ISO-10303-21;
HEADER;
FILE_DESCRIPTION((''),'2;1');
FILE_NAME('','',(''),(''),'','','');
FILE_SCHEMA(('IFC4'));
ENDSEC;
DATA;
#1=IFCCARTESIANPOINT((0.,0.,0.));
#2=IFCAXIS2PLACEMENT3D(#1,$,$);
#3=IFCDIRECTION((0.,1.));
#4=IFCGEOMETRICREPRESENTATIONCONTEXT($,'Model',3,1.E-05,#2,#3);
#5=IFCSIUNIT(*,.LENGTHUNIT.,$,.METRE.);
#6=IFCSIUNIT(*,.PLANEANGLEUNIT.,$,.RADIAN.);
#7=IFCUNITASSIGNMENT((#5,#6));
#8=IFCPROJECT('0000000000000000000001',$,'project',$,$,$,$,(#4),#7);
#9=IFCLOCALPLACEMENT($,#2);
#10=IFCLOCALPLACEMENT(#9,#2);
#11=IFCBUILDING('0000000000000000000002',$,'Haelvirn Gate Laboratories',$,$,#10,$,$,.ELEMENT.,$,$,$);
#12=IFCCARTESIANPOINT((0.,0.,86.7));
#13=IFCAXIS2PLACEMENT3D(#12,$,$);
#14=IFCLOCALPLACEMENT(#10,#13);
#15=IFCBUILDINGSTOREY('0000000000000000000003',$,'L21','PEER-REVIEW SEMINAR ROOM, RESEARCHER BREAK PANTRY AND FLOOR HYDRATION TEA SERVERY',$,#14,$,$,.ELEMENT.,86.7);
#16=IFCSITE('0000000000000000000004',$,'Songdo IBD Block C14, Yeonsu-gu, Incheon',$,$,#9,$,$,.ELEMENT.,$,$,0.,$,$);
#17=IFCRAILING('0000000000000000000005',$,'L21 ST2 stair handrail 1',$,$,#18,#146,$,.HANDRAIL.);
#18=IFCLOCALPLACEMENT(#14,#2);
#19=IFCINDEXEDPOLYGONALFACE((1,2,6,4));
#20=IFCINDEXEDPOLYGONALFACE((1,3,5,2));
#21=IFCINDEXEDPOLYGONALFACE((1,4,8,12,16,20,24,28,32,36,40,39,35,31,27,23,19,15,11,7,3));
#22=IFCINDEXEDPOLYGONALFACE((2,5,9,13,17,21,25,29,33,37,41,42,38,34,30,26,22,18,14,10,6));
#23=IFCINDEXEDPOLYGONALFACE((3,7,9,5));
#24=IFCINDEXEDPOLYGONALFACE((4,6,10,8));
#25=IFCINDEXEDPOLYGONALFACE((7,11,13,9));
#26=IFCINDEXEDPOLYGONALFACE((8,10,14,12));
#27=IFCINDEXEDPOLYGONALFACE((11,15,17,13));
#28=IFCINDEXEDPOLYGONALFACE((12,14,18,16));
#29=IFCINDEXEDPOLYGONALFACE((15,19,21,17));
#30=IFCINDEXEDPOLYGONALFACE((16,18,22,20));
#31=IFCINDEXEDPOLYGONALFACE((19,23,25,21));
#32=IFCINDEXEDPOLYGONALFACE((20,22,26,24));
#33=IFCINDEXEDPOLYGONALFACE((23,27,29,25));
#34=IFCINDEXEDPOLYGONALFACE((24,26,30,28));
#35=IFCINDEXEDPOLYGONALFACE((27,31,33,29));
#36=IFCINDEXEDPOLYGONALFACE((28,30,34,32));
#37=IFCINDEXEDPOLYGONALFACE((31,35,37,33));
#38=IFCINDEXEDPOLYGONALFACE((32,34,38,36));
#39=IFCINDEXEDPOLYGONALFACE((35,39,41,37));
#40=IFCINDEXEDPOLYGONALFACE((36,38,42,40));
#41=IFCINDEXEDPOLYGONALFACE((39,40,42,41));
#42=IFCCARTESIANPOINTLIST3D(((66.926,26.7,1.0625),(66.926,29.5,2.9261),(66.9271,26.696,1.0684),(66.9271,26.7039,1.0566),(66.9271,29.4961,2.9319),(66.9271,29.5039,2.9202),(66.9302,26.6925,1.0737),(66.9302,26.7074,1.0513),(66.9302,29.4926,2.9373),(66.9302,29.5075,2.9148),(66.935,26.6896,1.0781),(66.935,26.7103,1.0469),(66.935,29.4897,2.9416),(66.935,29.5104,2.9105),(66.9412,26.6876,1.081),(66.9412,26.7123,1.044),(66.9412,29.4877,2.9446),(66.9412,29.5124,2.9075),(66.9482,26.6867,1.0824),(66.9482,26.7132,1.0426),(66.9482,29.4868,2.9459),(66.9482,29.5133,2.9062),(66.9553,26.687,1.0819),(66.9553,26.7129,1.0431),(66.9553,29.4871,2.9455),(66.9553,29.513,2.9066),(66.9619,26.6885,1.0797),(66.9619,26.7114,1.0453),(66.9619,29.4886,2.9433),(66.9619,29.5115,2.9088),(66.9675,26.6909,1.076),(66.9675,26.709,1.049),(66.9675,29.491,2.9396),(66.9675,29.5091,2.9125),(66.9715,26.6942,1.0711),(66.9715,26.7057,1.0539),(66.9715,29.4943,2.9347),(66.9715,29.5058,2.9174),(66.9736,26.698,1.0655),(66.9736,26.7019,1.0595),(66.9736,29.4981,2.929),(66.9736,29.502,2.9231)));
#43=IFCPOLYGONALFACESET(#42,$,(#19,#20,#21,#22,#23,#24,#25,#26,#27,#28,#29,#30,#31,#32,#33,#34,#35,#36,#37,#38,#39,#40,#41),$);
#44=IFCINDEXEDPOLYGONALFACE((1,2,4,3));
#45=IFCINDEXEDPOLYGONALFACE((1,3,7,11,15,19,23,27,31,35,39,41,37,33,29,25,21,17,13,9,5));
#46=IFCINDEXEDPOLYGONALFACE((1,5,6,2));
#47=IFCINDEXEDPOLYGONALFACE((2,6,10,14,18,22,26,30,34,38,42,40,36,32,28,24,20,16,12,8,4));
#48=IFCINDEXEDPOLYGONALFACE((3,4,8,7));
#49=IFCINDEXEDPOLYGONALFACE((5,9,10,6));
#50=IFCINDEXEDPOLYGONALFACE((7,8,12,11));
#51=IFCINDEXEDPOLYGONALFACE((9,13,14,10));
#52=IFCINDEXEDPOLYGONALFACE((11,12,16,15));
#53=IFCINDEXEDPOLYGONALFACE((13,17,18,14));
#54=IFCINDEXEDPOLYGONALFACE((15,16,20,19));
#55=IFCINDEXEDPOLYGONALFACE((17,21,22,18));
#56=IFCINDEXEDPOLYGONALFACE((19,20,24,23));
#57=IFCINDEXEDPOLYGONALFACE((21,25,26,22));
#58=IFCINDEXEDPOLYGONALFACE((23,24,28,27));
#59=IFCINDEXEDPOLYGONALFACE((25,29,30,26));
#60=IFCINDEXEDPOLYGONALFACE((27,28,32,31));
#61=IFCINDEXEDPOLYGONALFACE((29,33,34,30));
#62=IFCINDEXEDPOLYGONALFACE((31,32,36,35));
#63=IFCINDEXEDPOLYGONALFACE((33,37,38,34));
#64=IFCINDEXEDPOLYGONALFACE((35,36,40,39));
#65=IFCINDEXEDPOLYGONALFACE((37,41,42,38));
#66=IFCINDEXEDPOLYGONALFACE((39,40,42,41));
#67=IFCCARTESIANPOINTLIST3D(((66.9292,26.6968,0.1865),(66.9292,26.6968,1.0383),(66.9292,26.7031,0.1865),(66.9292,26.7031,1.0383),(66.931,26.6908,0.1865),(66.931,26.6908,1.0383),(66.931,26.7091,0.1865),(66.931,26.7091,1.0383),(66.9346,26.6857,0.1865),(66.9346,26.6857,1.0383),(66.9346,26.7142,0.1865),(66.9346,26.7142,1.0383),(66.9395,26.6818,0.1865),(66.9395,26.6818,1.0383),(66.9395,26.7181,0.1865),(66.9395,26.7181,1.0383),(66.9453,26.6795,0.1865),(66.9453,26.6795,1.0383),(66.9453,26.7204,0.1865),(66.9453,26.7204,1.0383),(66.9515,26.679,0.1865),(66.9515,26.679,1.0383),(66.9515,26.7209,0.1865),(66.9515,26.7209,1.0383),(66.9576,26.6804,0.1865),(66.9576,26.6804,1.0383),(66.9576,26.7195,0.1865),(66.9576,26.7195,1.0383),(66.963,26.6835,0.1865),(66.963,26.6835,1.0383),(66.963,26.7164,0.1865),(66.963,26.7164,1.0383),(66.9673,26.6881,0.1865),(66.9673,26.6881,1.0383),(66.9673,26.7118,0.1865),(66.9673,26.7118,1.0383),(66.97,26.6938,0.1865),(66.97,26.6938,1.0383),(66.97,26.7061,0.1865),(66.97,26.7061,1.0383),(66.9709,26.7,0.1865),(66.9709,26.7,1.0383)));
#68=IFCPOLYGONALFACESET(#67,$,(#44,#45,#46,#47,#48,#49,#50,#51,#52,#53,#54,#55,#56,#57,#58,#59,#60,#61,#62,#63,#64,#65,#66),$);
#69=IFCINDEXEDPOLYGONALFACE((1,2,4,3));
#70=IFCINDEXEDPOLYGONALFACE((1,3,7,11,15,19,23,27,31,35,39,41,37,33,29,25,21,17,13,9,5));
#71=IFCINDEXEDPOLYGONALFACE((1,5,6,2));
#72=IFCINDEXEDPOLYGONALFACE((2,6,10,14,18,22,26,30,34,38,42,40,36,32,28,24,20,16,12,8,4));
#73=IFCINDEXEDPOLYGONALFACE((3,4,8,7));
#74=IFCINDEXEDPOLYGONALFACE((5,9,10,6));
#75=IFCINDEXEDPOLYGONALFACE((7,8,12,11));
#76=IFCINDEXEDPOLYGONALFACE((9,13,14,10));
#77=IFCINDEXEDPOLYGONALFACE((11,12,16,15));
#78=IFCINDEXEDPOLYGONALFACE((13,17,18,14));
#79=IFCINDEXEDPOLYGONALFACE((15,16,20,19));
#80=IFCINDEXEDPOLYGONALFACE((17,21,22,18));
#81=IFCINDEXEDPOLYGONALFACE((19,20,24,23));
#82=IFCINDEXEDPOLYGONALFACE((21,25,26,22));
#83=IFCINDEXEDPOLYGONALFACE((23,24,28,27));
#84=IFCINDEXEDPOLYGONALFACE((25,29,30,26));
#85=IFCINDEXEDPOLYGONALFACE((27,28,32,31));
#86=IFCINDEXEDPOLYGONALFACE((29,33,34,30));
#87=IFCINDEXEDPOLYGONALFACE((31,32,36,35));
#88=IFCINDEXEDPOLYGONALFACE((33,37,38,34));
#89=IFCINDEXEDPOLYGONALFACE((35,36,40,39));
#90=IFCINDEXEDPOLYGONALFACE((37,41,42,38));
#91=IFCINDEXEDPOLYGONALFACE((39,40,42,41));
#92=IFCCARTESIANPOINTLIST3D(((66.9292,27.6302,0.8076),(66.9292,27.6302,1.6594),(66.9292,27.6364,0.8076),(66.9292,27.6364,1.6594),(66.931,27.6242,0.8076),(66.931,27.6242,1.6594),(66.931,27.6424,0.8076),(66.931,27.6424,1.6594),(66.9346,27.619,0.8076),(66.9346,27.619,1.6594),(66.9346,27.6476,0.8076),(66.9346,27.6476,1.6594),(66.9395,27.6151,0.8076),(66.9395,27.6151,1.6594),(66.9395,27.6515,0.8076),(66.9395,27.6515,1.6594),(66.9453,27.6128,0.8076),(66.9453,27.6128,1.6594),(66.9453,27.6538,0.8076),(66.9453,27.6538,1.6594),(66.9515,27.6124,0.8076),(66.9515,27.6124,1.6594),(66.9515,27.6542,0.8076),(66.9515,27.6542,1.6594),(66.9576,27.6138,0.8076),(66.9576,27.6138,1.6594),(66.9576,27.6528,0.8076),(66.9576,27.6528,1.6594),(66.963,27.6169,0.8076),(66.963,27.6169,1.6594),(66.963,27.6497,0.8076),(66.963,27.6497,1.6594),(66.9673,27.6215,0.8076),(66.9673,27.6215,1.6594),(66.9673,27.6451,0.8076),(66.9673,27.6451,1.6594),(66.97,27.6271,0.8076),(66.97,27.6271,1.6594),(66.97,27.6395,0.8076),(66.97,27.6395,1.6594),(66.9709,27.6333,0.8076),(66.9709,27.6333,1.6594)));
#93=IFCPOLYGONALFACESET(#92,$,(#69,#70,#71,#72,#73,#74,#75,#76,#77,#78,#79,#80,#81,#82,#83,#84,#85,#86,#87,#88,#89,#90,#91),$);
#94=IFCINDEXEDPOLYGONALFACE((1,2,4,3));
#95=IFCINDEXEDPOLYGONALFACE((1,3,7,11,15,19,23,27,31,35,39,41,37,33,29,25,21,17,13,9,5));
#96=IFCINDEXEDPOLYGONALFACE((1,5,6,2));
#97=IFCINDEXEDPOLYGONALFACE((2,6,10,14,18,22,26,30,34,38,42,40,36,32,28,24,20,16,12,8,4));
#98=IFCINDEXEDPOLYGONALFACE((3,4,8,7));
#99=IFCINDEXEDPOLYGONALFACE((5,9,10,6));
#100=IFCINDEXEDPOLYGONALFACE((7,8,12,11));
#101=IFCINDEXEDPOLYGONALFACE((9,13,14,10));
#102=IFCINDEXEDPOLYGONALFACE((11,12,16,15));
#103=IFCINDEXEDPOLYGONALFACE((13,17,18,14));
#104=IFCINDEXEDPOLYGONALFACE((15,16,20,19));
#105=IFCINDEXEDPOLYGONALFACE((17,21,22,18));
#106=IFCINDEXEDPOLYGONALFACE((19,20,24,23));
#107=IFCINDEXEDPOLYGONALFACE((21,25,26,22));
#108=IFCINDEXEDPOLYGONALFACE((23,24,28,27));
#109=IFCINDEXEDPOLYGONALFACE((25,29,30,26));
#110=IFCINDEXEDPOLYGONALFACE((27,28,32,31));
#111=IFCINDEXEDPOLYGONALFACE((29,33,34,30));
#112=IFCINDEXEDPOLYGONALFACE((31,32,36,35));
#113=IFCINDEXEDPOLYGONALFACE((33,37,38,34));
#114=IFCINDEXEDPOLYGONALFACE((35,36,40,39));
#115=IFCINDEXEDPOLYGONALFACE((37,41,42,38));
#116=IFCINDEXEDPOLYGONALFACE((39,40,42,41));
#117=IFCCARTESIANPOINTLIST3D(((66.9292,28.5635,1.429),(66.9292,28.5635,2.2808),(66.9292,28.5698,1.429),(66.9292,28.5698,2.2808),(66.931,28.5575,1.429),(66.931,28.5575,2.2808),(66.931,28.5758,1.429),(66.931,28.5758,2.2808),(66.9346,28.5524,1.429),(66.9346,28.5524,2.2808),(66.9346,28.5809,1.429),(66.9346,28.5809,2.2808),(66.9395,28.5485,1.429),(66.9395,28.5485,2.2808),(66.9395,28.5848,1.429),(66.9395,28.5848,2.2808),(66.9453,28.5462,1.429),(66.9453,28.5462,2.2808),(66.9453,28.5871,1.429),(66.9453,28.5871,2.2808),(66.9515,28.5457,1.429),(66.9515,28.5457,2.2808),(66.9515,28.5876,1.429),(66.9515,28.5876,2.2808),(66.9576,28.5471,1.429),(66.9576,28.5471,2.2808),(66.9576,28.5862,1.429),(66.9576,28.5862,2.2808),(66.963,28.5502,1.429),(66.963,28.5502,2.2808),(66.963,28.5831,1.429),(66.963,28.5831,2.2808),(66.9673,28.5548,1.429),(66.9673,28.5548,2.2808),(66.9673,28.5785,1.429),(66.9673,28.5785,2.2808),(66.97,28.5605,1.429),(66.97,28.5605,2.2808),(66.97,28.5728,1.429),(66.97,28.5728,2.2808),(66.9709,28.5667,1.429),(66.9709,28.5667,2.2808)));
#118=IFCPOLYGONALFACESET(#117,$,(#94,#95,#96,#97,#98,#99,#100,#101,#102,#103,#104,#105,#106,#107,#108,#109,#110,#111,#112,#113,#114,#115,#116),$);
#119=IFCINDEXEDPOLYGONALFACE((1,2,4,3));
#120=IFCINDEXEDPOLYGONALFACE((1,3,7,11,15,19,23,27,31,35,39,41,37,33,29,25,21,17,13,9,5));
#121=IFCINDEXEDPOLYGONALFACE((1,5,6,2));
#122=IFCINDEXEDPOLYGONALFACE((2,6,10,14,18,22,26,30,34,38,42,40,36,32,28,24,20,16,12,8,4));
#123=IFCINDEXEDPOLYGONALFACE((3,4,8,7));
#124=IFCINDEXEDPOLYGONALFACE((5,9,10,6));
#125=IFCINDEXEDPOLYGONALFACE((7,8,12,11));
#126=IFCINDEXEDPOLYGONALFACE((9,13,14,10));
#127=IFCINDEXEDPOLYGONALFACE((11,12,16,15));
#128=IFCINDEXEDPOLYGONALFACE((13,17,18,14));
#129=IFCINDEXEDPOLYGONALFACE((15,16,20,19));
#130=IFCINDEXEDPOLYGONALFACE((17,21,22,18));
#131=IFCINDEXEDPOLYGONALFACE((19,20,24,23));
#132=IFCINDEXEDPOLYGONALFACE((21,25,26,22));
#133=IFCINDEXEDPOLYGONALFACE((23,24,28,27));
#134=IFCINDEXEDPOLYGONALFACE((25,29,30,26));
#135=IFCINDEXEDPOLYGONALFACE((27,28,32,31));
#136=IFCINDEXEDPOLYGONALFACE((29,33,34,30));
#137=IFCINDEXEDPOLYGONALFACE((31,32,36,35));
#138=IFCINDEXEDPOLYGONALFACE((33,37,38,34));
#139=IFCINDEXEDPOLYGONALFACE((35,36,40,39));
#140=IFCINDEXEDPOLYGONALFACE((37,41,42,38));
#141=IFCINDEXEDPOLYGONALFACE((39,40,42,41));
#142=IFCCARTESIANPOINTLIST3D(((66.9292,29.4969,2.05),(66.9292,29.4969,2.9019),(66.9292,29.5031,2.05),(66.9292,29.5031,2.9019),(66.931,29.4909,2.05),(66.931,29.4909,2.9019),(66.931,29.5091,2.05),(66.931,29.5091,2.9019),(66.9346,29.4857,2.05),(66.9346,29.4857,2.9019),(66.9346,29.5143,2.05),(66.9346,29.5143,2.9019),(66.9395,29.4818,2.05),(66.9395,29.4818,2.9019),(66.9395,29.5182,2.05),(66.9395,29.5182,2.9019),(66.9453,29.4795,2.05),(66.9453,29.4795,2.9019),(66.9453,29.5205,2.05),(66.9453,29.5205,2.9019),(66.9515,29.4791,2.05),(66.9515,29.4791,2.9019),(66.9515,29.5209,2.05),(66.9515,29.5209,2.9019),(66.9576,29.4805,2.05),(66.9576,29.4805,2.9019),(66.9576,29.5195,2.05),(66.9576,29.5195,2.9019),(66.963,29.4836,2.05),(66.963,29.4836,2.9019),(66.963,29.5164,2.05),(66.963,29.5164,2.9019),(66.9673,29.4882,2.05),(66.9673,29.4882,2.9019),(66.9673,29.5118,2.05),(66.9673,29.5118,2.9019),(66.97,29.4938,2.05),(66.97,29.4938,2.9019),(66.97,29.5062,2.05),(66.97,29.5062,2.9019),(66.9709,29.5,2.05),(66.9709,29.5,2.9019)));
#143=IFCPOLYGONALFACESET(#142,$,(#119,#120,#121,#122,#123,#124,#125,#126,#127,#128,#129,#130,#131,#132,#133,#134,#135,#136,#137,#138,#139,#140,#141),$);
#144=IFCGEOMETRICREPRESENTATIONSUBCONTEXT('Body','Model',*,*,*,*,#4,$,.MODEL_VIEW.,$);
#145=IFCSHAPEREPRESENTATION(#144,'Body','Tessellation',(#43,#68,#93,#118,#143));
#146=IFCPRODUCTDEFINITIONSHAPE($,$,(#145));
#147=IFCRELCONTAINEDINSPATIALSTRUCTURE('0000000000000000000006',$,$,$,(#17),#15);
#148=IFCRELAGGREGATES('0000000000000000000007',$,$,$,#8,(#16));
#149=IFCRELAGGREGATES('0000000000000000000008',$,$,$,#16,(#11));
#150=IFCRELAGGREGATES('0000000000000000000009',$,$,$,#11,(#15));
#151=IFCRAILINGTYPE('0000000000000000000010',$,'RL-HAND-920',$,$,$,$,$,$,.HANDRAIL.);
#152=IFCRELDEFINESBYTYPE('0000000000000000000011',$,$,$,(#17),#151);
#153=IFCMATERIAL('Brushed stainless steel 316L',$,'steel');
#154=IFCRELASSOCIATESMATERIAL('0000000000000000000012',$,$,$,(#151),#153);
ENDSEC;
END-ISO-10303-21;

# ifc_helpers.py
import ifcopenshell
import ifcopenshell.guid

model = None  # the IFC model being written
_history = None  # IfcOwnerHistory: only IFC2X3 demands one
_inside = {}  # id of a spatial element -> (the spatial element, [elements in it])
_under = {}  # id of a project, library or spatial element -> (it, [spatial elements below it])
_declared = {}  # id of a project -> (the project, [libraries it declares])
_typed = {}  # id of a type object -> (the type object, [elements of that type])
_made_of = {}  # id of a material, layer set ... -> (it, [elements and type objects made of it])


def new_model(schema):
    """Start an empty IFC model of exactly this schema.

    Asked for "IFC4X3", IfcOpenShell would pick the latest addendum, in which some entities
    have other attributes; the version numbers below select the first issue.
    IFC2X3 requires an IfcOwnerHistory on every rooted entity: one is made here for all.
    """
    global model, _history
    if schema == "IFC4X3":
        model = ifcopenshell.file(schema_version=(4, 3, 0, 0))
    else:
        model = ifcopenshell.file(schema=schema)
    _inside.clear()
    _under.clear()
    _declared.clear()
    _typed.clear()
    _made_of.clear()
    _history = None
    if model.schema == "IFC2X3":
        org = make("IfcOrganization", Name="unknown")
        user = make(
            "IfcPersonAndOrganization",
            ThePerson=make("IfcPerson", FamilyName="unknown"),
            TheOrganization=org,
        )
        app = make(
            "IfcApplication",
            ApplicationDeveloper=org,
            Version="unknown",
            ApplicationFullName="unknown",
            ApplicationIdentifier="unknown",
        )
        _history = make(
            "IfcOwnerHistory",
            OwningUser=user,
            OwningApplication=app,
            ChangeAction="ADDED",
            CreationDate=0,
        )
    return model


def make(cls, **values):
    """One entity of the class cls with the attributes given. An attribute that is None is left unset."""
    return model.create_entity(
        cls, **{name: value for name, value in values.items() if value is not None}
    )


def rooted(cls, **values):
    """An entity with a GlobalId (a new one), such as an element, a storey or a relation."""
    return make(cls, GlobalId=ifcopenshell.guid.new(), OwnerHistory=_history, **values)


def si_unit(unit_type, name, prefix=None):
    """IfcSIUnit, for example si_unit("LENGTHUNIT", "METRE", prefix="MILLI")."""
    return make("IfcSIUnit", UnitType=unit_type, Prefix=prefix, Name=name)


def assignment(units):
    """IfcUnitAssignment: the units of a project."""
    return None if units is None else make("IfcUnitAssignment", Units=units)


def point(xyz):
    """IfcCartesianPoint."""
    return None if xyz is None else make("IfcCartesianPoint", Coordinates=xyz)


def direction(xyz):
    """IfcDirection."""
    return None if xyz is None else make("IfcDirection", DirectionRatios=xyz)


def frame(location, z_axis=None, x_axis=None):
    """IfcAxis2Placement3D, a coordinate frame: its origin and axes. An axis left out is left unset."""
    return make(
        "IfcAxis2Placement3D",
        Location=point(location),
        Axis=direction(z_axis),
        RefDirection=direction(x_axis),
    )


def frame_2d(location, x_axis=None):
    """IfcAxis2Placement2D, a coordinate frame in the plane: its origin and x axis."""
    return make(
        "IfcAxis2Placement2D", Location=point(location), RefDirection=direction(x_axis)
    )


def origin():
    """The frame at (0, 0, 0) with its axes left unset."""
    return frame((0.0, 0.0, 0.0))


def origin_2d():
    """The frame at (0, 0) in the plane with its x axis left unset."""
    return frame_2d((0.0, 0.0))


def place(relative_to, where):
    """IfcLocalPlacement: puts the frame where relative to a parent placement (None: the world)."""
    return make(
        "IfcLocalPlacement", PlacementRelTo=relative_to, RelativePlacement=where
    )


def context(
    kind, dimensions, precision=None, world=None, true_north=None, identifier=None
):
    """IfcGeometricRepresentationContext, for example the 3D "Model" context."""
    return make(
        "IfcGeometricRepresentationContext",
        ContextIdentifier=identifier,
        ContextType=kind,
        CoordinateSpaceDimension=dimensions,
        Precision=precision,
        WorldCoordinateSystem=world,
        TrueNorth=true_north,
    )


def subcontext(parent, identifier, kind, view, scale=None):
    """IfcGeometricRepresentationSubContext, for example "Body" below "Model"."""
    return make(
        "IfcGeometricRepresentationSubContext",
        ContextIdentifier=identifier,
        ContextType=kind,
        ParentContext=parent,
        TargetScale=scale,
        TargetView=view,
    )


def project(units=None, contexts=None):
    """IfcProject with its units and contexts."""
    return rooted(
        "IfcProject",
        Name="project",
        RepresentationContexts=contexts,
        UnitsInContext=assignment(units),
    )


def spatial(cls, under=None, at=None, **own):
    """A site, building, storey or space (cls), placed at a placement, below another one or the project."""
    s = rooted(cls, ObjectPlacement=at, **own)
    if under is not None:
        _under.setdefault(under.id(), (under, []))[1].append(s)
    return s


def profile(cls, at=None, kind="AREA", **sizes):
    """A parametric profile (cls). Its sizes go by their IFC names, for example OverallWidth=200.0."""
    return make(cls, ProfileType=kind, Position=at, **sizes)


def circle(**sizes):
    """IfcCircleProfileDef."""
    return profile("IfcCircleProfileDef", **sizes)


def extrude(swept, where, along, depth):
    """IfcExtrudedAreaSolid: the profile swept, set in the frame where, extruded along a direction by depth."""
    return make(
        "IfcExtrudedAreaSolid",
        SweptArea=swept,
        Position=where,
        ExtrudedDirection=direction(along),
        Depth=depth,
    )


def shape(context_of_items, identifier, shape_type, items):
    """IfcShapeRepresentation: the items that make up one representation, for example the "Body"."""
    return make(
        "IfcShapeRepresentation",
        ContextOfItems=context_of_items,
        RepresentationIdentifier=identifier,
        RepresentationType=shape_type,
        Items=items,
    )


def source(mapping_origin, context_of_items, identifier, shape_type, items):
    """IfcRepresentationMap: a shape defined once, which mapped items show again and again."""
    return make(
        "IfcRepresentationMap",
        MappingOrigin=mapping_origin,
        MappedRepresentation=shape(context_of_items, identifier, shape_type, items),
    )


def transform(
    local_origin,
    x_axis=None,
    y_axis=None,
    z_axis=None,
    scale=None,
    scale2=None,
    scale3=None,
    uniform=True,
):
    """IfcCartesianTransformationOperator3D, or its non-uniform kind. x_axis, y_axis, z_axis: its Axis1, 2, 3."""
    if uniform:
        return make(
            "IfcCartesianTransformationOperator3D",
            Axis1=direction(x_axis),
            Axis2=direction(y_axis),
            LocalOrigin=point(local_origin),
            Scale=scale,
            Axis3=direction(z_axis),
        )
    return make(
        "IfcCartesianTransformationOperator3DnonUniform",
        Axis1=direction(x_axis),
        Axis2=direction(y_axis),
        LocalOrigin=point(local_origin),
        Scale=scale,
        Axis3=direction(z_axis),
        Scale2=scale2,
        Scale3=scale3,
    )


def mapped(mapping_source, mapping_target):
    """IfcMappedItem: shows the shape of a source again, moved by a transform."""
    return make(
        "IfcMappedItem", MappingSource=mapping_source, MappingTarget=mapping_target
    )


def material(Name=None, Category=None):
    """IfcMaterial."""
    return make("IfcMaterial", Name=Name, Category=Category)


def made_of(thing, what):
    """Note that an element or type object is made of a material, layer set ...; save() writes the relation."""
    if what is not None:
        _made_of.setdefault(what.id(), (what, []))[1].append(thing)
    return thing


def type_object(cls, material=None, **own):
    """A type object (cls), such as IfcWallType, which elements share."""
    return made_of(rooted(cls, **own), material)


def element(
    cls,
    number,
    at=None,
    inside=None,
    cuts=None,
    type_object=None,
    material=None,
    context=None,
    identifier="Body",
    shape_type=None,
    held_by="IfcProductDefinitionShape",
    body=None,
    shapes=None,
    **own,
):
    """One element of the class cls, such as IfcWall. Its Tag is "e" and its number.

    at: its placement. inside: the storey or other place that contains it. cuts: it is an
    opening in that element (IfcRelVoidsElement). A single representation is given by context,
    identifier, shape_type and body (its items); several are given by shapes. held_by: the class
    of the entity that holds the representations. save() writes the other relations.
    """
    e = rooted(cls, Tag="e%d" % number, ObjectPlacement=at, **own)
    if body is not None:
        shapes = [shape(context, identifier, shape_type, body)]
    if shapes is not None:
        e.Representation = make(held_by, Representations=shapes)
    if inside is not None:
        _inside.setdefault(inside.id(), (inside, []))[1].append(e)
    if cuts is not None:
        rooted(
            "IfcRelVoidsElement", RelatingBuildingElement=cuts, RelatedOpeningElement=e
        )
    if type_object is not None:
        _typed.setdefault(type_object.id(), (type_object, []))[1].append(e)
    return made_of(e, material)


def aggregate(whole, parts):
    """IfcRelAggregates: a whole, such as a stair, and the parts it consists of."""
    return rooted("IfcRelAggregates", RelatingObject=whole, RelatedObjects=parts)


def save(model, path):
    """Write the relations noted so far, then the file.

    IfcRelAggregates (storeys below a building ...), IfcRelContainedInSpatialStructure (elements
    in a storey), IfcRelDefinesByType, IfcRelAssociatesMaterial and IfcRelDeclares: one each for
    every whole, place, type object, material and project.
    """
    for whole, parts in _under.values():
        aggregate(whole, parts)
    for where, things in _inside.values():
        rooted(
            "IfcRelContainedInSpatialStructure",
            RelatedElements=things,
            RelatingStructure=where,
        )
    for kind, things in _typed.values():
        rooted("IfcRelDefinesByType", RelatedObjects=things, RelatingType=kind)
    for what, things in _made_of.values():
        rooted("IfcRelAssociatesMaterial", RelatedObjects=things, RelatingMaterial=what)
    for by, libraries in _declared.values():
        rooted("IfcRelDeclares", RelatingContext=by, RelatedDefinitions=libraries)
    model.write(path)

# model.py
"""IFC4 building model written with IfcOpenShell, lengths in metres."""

from ifc_helpers import new_model, si_unit, direction, frame, origin, origin_2d, place, context, subcontext, project, spatial, circle, extrude, source, transform, mapped, material, type_object, element, save


model = new_model("IFC4")

# Units and contexts
model_context = context("Model", 3, precision=1e-05, world=origin(), true_north=direction((0.0, 1.0)))
body_context = subcontext(model_context, "Body", "Model", "MODEL_VIEW")
ifc_project = project(units=[si_unit("LENGTHUNIT", "METRE"), si_unit("PLANEANGLEUNIT", "RADIAN")], contexts=[model_context])

# Site, building, storey
site_placement = place(None, origin())
site = spatial("IfcSite", under=ifc_project, at=site_placement, Name="Songdo IBD Block C14, Yeonsu-gu, Incheon", CompositionType="ELEMENT", RefElevation=0.0)
building_placement = place(site_placement, origin())
building = spatial("IfcBuilding", under=site, at=building_placement, Name="Haelvirn Gate Laboratories", CompositionType="ELEMENT")
storey_placement = place(building_placement, frame((0.0, 0.0, 86.7)))
storey = spatial("IfcBuildingStorey", under=building, at=storey_placement, Name="L21", Description="PEER-REVIEW SEMINAR ROOM, RESEARCHER BREAK PANTRY AND FLOOR HYDRATION TEA SERVERY", CompositionType="ELEMENT", Elevation=86.7)

# Railing
ifc_material_1 = material(Name="Brushed stainless steel 316L", Category="steel")
railing_type_1 = type_object("IfcRailingType", Name="RL-HAND-920", PredefinedType="HANDRAIL", material=ifc_material_1)
shared_shape_1 = source(origin(), body_context, "Body", "SweptSolid", [
    extrude(circle(Radius=0.0239, at=origin_2d()), frame((0.0, 0.0, 0.876), z_axis=(0.0, 0.832486, 0.554047), x_axis=(-1.0, 0.0, 0.0)), (0.0, 0.0, 1.0), 3.3635),
    extrude(circle(Radius=0.021, at=origin_2d()), origin(), (0.0, 0.0, 1.0), 0.8518),
    extrude(circle(Radius=0.021, at=origin_2d()), frame((0.0, 0.9333, 0.6211)), (0.0, 0.0, 1.0), 0.8518),
    extrude(circle(Radius=0.021, at=origin_2d()), frame((0.0, 1.8667, 1.2424)), (0.0, 0.0, 1.0), 0.8518),
    extrude(circle(Radius=0.021, at=origin_2d()), frame((0.0, 2.8, 1.8635)), (0.0, 0.0, 1.0), 0.8518),
])
railing_1_placement = place(storey_placement, frame((66.95, 26.7, 0.1865)))
element("IfcRailing", 1, at=railing_1_placement, inside=storey, type_object=railing_type_1, Name="L21 ST2 stair handrail 1", PredefinedType="HANDRAIL", context=body_context, shape_type="MappedRepresentation", body=[
    mapped(shared_shape_1, transform((0.0, 0.0, 0.0), scale=1.0)),
])

save(model, "model.ifc")
